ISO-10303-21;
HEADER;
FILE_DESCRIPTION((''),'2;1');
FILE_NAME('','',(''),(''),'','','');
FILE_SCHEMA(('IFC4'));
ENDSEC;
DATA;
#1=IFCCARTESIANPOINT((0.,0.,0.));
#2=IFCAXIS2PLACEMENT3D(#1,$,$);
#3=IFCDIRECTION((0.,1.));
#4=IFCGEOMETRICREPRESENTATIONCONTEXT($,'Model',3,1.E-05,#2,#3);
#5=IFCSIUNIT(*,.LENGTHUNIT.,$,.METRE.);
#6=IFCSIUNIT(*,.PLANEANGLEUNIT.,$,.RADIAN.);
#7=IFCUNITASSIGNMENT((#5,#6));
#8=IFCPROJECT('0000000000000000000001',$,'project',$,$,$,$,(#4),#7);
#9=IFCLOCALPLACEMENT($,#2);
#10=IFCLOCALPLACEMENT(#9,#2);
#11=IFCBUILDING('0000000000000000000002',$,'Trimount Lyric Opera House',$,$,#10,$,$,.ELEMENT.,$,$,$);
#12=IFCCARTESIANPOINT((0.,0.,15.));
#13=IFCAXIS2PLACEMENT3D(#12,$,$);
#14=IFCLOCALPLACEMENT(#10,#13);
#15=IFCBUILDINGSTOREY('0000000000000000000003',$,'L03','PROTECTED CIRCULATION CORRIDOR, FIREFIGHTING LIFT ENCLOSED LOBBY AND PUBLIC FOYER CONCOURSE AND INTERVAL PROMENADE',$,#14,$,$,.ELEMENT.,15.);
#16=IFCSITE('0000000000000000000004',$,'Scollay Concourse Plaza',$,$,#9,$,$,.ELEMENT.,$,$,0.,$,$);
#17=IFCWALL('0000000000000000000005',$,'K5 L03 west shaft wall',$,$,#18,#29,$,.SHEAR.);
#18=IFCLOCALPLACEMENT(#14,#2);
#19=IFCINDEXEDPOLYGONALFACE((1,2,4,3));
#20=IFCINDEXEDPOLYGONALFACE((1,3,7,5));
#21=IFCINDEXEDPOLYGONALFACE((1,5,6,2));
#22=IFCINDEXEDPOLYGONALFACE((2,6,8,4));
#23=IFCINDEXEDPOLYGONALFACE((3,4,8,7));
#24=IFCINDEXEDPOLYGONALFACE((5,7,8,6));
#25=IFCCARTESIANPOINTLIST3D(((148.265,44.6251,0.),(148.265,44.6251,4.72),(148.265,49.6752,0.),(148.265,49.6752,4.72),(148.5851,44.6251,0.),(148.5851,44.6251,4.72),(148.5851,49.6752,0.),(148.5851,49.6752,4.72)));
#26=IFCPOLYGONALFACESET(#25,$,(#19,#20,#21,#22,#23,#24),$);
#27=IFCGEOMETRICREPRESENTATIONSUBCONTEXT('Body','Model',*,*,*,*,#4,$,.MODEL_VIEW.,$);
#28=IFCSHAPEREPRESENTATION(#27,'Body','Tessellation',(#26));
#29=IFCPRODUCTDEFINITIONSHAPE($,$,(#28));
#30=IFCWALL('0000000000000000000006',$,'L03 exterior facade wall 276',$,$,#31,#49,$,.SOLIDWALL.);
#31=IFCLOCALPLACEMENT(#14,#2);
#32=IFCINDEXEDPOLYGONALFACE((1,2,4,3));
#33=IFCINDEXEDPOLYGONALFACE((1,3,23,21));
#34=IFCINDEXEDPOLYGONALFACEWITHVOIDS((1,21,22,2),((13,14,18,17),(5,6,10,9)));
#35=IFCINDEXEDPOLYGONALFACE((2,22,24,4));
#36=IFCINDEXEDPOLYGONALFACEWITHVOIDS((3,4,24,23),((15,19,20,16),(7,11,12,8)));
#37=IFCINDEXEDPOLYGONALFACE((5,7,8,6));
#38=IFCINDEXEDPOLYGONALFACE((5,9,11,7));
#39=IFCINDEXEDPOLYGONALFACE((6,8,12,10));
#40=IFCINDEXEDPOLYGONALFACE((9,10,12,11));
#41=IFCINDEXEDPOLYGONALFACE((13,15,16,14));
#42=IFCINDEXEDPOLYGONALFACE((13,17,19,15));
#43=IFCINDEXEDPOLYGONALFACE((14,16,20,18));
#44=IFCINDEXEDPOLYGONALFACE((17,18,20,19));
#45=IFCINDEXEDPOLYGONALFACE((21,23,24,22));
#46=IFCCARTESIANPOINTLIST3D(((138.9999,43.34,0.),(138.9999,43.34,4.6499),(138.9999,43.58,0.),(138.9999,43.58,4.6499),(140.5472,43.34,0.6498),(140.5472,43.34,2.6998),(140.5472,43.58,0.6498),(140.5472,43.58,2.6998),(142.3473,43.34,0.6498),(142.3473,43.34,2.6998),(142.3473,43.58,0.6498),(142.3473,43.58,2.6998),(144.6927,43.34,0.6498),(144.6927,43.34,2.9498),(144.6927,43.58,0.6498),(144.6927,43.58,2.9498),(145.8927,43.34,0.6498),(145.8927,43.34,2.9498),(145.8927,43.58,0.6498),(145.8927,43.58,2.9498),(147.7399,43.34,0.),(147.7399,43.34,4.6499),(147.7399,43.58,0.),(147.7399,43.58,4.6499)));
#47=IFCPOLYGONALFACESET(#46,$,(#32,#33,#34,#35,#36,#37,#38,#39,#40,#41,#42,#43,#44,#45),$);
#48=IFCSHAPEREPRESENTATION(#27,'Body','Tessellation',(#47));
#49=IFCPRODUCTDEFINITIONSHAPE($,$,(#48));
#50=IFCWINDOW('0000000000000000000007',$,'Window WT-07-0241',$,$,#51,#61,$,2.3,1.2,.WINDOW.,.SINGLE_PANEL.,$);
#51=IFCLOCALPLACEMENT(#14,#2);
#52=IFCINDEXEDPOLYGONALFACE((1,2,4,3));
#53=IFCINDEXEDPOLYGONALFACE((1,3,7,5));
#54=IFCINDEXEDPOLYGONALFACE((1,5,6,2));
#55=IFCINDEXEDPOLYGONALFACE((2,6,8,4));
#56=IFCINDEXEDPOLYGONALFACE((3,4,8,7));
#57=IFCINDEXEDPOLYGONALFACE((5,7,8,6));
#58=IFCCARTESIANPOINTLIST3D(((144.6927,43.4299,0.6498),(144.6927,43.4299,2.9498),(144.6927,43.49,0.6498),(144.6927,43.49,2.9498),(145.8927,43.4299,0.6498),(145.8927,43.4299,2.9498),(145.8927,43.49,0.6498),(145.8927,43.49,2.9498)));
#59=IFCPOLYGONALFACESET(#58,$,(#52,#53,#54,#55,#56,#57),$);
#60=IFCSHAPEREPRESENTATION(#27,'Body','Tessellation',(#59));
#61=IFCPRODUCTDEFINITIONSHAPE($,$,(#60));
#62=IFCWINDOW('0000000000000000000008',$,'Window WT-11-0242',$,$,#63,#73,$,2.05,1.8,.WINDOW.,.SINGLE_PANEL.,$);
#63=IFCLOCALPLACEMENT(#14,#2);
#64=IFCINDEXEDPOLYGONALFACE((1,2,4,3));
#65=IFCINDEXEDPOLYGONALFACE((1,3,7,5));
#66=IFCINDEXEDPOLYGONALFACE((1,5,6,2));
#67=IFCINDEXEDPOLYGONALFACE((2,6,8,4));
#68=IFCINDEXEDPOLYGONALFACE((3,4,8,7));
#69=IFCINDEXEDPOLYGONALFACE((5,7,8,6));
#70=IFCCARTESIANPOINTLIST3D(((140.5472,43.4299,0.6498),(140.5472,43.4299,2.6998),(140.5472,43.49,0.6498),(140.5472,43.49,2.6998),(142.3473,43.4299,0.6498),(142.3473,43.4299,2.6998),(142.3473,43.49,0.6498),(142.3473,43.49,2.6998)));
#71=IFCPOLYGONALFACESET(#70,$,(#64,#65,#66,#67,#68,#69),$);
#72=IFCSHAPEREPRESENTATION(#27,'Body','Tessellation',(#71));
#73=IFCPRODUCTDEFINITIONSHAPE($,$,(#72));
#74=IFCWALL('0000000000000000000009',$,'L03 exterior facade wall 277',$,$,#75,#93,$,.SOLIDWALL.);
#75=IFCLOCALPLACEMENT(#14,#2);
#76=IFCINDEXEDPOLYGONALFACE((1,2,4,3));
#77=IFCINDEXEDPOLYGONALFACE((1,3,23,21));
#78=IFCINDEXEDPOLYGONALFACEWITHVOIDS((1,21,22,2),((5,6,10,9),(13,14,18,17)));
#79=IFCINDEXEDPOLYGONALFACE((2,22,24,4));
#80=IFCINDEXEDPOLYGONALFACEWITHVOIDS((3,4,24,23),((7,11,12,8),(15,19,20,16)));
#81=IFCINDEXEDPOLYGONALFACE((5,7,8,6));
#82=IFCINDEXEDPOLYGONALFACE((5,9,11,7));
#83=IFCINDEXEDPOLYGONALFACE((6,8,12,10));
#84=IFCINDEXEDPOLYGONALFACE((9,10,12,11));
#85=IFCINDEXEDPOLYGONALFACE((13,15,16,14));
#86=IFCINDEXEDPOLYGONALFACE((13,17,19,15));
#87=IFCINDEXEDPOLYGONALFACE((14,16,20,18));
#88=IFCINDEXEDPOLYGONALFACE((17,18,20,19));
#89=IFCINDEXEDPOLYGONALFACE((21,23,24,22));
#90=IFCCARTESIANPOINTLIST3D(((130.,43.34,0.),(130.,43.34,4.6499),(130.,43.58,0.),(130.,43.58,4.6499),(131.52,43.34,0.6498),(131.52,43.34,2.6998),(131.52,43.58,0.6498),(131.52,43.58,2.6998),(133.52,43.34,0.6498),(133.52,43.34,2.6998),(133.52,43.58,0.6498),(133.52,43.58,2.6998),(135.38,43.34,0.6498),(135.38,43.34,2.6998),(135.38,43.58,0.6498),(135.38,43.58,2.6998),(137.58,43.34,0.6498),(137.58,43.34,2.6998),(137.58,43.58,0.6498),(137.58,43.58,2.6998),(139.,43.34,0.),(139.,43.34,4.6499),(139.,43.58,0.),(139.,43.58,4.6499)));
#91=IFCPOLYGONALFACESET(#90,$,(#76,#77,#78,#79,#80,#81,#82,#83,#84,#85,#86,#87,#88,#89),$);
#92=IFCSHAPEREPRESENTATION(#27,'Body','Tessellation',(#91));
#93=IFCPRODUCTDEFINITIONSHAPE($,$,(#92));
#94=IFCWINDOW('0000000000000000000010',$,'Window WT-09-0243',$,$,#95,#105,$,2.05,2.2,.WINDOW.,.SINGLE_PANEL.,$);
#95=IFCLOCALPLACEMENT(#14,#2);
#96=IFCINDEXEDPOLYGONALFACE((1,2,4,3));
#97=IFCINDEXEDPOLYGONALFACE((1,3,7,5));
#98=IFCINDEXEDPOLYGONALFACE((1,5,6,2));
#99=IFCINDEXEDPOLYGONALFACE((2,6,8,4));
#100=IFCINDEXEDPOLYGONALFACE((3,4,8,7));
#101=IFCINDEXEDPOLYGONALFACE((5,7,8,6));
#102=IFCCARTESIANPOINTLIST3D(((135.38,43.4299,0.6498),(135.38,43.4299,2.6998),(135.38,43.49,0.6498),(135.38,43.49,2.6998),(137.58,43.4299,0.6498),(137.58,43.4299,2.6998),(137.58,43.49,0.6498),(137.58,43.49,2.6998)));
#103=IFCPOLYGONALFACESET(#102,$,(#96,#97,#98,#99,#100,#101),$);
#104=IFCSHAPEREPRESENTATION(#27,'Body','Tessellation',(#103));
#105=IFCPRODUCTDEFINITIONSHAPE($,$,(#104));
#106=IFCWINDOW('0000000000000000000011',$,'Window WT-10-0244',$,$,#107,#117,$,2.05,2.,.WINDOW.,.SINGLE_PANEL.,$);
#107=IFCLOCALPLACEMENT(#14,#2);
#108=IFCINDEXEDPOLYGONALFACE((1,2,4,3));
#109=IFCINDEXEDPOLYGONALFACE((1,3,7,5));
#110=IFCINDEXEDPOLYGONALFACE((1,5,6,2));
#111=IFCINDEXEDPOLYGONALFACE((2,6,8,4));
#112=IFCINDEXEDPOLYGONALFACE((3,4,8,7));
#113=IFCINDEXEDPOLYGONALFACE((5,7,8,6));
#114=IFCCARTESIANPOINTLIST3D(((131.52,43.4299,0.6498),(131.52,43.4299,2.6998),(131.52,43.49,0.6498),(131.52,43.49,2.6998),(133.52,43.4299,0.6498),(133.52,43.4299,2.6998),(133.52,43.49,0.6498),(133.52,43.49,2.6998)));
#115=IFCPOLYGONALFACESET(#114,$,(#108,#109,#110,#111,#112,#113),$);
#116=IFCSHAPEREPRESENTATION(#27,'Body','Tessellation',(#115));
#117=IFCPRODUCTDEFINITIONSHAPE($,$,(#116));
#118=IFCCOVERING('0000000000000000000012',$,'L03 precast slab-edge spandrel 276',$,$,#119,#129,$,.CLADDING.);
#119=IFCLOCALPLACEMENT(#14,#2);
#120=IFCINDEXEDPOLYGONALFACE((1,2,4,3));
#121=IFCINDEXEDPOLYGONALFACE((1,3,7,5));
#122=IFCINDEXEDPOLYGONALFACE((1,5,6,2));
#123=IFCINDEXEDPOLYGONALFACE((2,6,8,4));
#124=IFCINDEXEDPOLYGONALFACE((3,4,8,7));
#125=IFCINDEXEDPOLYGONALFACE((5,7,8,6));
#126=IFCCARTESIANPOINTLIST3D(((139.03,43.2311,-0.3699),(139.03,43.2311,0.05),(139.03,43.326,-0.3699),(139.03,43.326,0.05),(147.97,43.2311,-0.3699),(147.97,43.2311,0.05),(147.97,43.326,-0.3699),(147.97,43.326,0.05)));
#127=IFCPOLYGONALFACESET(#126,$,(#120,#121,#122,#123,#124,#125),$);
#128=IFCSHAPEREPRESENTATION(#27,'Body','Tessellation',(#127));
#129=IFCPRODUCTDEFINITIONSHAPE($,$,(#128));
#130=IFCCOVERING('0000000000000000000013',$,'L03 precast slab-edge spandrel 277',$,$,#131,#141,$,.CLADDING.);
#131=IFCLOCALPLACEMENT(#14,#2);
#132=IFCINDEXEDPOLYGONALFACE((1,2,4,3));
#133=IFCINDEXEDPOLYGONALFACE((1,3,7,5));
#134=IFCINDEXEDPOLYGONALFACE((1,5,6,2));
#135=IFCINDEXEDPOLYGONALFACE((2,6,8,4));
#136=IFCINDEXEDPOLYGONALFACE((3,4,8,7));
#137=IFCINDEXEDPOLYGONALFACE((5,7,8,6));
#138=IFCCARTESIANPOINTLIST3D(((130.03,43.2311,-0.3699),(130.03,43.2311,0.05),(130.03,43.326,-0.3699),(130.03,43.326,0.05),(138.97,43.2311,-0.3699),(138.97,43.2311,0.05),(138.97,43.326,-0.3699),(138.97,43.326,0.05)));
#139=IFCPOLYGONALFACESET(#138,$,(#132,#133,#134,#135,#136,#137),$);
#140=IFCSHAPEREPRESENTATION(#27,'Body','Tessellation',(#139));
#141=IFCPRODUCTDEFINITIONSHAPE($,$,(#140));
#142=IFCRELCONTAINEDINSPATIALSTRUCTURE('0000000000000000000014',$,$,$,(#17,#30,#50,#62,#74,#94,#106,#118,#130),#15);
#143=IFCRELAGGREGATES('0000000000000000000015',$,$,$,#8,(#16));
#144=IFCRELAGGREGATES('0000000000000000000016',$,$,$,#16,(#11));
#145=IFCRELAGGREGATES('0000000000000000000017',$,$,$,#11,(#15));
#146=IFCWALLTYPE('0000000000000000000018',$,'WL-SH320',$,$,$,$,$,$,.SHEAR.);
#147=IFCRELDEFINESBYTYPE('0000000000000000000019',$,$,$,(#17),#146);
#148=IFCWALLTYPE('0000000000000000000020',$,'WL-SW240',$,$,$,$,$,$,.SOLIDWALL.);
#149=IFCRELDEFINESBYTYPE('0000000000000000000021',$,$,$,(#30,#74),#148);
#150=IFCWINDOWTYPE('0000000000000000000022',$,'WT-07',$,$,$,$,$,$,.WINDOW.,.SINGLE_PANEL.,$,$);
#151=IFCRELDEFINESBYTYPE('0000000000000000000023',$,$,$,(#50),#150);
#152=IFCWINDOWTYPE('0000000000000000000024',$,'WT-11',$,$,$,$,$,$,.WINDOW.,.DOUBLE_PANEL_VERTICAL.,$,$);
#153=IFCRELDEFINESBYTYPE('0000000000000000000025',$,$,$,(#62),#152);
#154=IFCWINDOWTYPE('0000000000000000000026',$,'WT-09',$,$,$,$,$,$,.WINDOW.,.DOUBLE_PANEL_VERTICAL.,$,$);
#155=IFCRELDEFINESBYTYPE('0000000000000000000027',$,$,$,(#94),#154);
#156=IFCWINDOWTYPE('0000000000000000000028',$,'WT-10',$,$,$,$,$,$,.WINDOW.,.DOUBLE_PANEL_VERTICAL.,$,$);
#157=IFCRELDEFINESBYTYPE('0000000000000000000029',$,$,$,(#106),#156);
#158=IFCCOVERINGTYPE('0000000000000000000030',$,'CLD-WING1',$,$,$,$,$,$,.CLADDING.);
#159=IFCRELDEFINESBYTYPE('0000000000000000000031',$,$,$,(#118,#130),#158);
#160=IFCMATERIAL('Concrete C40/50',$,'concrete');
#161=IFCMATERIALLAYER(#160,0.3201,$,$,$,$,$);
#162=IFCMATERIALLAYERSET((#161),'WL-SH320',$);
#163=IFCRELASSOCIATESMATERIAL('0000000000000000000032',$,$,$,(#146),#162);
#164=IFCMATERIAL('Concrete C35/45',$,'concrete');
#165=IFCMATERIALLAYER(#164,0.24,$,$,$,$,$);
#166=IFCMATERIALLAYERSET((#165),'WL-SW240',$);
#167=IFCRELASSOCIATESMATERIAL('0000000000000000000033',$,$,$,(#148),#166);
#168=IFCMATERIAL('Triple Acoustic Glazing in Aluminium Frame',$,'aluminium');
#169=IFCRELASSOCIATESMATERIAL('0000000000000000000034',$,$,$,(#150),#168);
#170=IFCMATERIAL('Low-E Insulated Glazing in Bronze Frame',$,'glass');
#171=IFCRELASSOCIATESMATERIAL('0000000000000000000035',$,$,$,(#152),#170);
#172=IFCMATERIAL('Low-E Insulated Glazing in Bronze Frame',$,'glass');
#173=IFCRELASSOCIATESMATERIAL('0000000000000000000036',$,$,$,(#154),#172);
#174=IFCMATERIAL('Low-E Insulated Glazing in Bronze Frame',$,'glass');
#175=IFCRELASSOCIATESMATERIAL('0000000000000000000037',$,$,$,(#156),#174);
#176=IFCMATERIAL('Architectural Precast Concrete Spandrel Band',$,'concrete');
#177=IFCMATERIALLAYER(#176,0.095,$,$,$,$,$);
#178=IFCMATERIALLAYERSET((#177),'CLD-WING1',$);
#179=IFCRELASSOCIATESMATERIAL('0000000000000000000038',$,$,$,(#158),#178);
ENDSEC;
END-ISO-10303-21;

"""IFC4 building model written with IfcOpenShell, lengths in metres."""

from ifc_helpers import new_model, si_unit, direction, frame, frame_2d, origin, origin_2d, place, context, subcontext, project, spatial, rectangle, extrude, material, layer, layer_set, type_object, element, fill, save


model = new_model("IFC4")

# Units and contexts
model_context = context("Model", 3, precision=1e-05, world=origin(), true_north=direction((0.0, 1.0)))
body_context = subcontext(model_context, "Body", "Model", "MODEL_VIEW")
ifc_project = project(units=[si_unit("LENGTHUNIT", "METRE"), si_unit("PLANEANGLEUNIT", "RADIAN")], contexts=[model_context])

# Site, building, storey
site_placement = place(None, origin())
site = spatial("IfcSite", under=ifc_project, at=site_placement, Name="Scollay Concourse Plaza", CompositionType="ELEMENT", RefElevation=0.0)
building_placement = place(site_placement, origin())
building = spatial("IfcBuilding", under=site, at=building_placement, Name="Trimount Lyric Opera House", CompositionType="ELEMENT")
storey_placement = place(building_placement, frame((0.0, 0.0, 15.0)))
storey = spatial("IfcBuildingStorey", under=building, at=storey_placement, Name="L03", Description="PROTECTED CIRCULATION CORRIDOR, FIREFIGHTING LIFT ENCLOSED LOBBY AND PUBLIC FOYER CONCOURSE AND INTERVAL PROMENADE", CompositionType="ELEMENT", Elevation=15.0)

# Wall
ifc_material_1 = material(Name="Concrete C40/50", Category="concrete")
ifc_layer_1 = layer(ifc_material_1, 0.3201)
ifc_layer_set_1 = layer_set([ifc_layer_1], Name="WL-SH320")
wall_type_1 = type_object("IfcWallType", Name="WL-SH320", PredefinedType="SHEAR", material=ifc_layer_set_1)
wall_1_placement = place(storey_placement, frame((148.425, 49.675, 0.0), z_axis=(0.0, 0.0, 1.0), x_axis=(0.0, -1.0, 0.0)))
element("IfcWall", 1, at=wall_1_placement, inside=storey, type_object=wall_type_1, Name="K5 L03 west shaft wall", PredefinedType="SHEAR", context=body_context, shape_type="SweptSolid", body=[
    extrude(rectangle(XDim=5.05, YDim=0.3201, at=frame_2d((2.5249, 0.0))), origin(), (0.0, 0.0, 1.0), 4.72),
])

# Walls, openings, windows
ifc_material_2 = material(Name="Concrete C35/45", Category="concrete")
ifc_layer_2 = layer(ifc_material_2, 0.24)
ifc_layer_set_2 = layer_set([ifc_layer_2], Name="WL-SW240")
wall_type_2 = type_object("IfcWallType", Name="WL-SW240", PredefinedType="SOLIDWALL", material=ifc_layer_set_2)
wall_2_placement = place(storey_placement, frame((147.74, 43.46, 0.0), z_axis=(0.0, 0.0, 1.0), x_axis=(-1.0, 0.0, 0.0)))
wall_2 = element("IfcWall", 2, at=wall_2_placement, inside=storey, type_object=wall_type_2, Name="L03 exterior facade wall 276", PredefinedType="SOLIDWALL", context=body_context, shape_type="SweptSolid", body=[
    extrude(rectangle(XDim=8.74, YDim=0.24, at=frame_2d((4.3701, 0.0))), origin(), (0.0, 0.0, 1.0), 4.6499),
])
opening_1_placement = place(wall_2_placement, frame((1.8472, 0.0, 0.6499)))
opening_1 = element("IfcOpeningElement", 3, at=opening_1_placement, cuts=wall_2, PredefinedType="OPENING", context=body_context, shape_type="SweptSolid", body=[
    extrude(rectangle(XDim=1.2, YDim=2.3, at=frame_2d((0.6001, 1.1499))), frame((0.0, 0.1299, 0.0), z_axis=(0.0, -1.0, 0.0), x_axis=(1.0, 0.0, 0.0)), (0.0, 0.0, 1.0), 0.26),
])
opening_2_placement = place(wall_2_placement, frame((5.3928, 0.0, 0.6499)))
opening_2 = element("IfcOpeningElement", 4, at=opening_2_placement, cuts=wall_2, PredefinedType="OPENING", context=body_context, shape_type="SweptSolid", body=[
    extrude(rectangle(XDim=1.8, YDim=2.05, at=frame_2d((0.8999, 1.0249))), frame((0.0, 0.1299, 0.0), z_axis=(0.0, -1.0, 0.0), x_axis=(1.0, 0.0, 0.0)), (0.0, 0.0, 1.0), 0.26),
])
ifc_material_3 = material(Name="Triple Acoustic Glazing in Aluminium Frame", Category="aluminium")
window_type_1 = type_object("IfcWindowType", Name="WT-07", PartitioningType="SINGLE_PANEL", PredefinedType="WINDOW", material=ifc_material_3)
window_1_placement = place(opening_1_placement, origin())
window_1 = element("IfcWindow", 5, at=window_1_placement, inside=storey, type_object=window_type_1, Name="Window WT-07-0241", OverallHeight=2.3, OverallWidth=1.2, PartitioningType="SINGLE_PANEL", PredefinedType="WINDOW", context=body_context, shape_type="SweptSolid", body=[
    extrude(rectangle(XDim=1.2, YDim=2.3, at=frame_2d((0.6001, 1.1499))), frame((0.0, 0.03, 0.0), z_axis=(0.0, -1.0, 0.0), x_axis=(1.0, 0.0, 0.0)), (0.0, 0.0, 1.0), 0.0601),
])
fill(opening_1, window_1)
ifc_material_4 = material(Name="Low-E Insulated Glazing in Bronze Frame", Category="glass")
window_type_2 = type_object("IfcWindowType", Name="WT-11", PartitioningType="DOUBLE_PANEL_VERTICAL", PredefinedType="WINDOW", material=ifc_material_4)
window_2_placement = place(opening_2_placement, origin())
window_2 = element("IfcWindow", 6, at=window_2_placement, inside=storey, type_object=window_type_2, Name="Window WT-11-0242", OverallHeight=2.05, OverallWidth=1.8, PartitioningType="SINGLE_PANEL", PredefinedType="WINDOW", context=body_context, shape_type="SweptSolid", body=[
    extrude(rectangle(XDim=1.8, YDim=2.05, at=frame_2d((0.8999, 1.0249))), frame((0.0, 0.03, 0.0), z_axis=(0.0, -1.0, 0.0), x_axis=(1.0, 0.0, 0.0)), (0.0, 0.0, 1.0), 0.0601),
])
fill(opening_2, window_2)
wall_3_placement = place(storey_placement, frame((139.0, 43.46, 0.0), z_axis=(0.0, 0.0, 1.0), x_axis=(-1.0, 0.0, 0.0)))
wall_3 = element("IfcWall", 7, at=wall_3_placement, inside=storey, type_object=wall_type_2, Name="L03 exterior facade wall 277", PredefinedType="SOLIDWALL", context=body_context, shape_type="SweptSolid", body=[
    extrude(rectangle(XDim=9.0, YDim=0.24, at=frame_2d((4.5, 0.0))), origin(), (0.0, 0.0, 1.0), 4.6499),
])
opening_3_placement = place(wall_3_placement, frame((1.4199, 0.0, 0.6499)))
opening_3 = element("IfcOpeningElement", 8, at=opening_3_placement, cuts=wall_3, PredefinedType="OPENING", context=body_context, shape_type="SweptSolid", body=[
    extrude(rectangle(XDim=2.2, YDim=2.05, at=frame_2d((1.1001, 1.0249))), frame((0.0, 0.1299, 0.0), z_axis=(0.0, -1.0, 0.0), x_axis=(1.0, 0.0, 0.0)), (0.0, 0.0, 1.0), 0.26),
])
opening_4_placement = place(wall_3_placement, frame((5.48, 0.0, 0.6499)))
opening_4 = element("IfcOpeningElement", 9, at=opening_4_placement, cuts=wall_3, PredefinedType="OPENING", context=body_context, shape_type="SweptSolid", body=[
    extrude(rectangle(XDim=2.0, YDim=2.05, at=frame_2d((1.0, 1.0249))), frame((0.0, 0.1299, 0.0), z_axis=(0.0, -1.0, 0.0), x_axis=(1.0, 0.0, 0.0)), (0.0, 0.0, 1.0), 0.26),
])
ifc_material_5 = material(Name="Low-E Insulated Glazing in Bronze Frame", Category="glass")
window_type_3 = type_object("IfcWindowType", Name="WT-09", PartitioningType="DOUBLE_PANEL_VERTICAL", PredefinedType="WINDOW", material=ifc_material_5)
window_3_placement = place(opening_3_placement, origin())
window_3 = element("IfcWindow", 10, at=window_3_placement, inside=storey, type_object=window_type_3, Name="Window WT-09-0243", OverallHeight=2.05, OverallWidth=2.2, PartitioningType="SINGLE_PANEL", PredefinedType="WINDOW", context=body_context, shape_type="SweptSolid", body=[
    extrude(rectangle(XDim=2.2, YDim=2.05, at=frame_2d((1.1001, 1.0249))), frame((0.0, 0.03, 0.0), z_axis=(0.0, -1.0, 0.0), x_axis=(1.0, 0.0, 0.0)), (0.0, 0.0, 1.0), 0.0601),
])
fill(opening_3, window_3)
ifc_material_6 = material(Name="Low-E Insulated Glazing in Bronze Frame", Category="glass")
window_type_4 = type_object("IfcWindowType", Name="WT-10", PartitioningType="DOUBLE_PANEL_VERTICAL", PredefinedType="WINDOW", material=ifc_material_6)
window_4_placement = place(opening_4_placement, origin())
window_4 = element("IfcWindow", 11, at=window_4_placement, inside=storey, type_object=window_type_4, Name="Window WT-10-0244", OverallHeight=2.05, OverallWidth=2.0, PartitioningType="SINGLE_PANEL", PredefinedType="WINDOW", context=body_context, shape_type="SweptSolid", body=[
    extrude(rectangle(XDim=2.0, YDim=2.05, at=frame_2d((1.0, 1.0249))), frame((0.0, 0.03, 0.0), z_axis=(0.0, -1.0, 0.0), x_axis=(1.0, 0.0, 0.0)), (0.0, 0.0, 1.0), 0.0601),
])
fill(opening_4, window_4)

# Coverings
ifc_material_7 = material(Name="Architectural Precast Concrete Spandrel Band", Category="concrete")
ifc_layer_3 = layer(ifc_material_7, 0.095)
ifc_layer_set_3 = layer_set([ifc_layer_3], Name="CLD-WING1")
covering_type = type_object("IfcCoveringType", Name="CLD-WING1", PredefinedType="CLADDING", material=ifc_layer_set_3)
for number, where, z_axis, x_axis, name in (
    (12, (143.5, 43.2786, -0.3699), (0.0, 0.0, 1.0), (-1.0, 0.0, 0.0), "L03 precast slab-edge spandrel 276"),
    (13, (134.5, 43.2786, -0.3699), (0.0, 0.0, 1.0), (-1.0, 0.0, 0.0), "L03 precast slab-edge spandrel 277"),
):
    element("IfcCovering", number, at=place(storey_placement, frame(where, z_axis=z_axis, x_axis=x_axis)), inside=storey, type_object=covering_type, Name=name, PredefinedType="CLADDING", context=body_context, shape_type="SweptSolid", body=[
        extrude(rectangle(XDim=8.9399, YDim=0.095, at=origin_2d()), origin(), (0.0, 0.0, 1.0), 0.4199),
    ])

save(model, "model.ifc")
